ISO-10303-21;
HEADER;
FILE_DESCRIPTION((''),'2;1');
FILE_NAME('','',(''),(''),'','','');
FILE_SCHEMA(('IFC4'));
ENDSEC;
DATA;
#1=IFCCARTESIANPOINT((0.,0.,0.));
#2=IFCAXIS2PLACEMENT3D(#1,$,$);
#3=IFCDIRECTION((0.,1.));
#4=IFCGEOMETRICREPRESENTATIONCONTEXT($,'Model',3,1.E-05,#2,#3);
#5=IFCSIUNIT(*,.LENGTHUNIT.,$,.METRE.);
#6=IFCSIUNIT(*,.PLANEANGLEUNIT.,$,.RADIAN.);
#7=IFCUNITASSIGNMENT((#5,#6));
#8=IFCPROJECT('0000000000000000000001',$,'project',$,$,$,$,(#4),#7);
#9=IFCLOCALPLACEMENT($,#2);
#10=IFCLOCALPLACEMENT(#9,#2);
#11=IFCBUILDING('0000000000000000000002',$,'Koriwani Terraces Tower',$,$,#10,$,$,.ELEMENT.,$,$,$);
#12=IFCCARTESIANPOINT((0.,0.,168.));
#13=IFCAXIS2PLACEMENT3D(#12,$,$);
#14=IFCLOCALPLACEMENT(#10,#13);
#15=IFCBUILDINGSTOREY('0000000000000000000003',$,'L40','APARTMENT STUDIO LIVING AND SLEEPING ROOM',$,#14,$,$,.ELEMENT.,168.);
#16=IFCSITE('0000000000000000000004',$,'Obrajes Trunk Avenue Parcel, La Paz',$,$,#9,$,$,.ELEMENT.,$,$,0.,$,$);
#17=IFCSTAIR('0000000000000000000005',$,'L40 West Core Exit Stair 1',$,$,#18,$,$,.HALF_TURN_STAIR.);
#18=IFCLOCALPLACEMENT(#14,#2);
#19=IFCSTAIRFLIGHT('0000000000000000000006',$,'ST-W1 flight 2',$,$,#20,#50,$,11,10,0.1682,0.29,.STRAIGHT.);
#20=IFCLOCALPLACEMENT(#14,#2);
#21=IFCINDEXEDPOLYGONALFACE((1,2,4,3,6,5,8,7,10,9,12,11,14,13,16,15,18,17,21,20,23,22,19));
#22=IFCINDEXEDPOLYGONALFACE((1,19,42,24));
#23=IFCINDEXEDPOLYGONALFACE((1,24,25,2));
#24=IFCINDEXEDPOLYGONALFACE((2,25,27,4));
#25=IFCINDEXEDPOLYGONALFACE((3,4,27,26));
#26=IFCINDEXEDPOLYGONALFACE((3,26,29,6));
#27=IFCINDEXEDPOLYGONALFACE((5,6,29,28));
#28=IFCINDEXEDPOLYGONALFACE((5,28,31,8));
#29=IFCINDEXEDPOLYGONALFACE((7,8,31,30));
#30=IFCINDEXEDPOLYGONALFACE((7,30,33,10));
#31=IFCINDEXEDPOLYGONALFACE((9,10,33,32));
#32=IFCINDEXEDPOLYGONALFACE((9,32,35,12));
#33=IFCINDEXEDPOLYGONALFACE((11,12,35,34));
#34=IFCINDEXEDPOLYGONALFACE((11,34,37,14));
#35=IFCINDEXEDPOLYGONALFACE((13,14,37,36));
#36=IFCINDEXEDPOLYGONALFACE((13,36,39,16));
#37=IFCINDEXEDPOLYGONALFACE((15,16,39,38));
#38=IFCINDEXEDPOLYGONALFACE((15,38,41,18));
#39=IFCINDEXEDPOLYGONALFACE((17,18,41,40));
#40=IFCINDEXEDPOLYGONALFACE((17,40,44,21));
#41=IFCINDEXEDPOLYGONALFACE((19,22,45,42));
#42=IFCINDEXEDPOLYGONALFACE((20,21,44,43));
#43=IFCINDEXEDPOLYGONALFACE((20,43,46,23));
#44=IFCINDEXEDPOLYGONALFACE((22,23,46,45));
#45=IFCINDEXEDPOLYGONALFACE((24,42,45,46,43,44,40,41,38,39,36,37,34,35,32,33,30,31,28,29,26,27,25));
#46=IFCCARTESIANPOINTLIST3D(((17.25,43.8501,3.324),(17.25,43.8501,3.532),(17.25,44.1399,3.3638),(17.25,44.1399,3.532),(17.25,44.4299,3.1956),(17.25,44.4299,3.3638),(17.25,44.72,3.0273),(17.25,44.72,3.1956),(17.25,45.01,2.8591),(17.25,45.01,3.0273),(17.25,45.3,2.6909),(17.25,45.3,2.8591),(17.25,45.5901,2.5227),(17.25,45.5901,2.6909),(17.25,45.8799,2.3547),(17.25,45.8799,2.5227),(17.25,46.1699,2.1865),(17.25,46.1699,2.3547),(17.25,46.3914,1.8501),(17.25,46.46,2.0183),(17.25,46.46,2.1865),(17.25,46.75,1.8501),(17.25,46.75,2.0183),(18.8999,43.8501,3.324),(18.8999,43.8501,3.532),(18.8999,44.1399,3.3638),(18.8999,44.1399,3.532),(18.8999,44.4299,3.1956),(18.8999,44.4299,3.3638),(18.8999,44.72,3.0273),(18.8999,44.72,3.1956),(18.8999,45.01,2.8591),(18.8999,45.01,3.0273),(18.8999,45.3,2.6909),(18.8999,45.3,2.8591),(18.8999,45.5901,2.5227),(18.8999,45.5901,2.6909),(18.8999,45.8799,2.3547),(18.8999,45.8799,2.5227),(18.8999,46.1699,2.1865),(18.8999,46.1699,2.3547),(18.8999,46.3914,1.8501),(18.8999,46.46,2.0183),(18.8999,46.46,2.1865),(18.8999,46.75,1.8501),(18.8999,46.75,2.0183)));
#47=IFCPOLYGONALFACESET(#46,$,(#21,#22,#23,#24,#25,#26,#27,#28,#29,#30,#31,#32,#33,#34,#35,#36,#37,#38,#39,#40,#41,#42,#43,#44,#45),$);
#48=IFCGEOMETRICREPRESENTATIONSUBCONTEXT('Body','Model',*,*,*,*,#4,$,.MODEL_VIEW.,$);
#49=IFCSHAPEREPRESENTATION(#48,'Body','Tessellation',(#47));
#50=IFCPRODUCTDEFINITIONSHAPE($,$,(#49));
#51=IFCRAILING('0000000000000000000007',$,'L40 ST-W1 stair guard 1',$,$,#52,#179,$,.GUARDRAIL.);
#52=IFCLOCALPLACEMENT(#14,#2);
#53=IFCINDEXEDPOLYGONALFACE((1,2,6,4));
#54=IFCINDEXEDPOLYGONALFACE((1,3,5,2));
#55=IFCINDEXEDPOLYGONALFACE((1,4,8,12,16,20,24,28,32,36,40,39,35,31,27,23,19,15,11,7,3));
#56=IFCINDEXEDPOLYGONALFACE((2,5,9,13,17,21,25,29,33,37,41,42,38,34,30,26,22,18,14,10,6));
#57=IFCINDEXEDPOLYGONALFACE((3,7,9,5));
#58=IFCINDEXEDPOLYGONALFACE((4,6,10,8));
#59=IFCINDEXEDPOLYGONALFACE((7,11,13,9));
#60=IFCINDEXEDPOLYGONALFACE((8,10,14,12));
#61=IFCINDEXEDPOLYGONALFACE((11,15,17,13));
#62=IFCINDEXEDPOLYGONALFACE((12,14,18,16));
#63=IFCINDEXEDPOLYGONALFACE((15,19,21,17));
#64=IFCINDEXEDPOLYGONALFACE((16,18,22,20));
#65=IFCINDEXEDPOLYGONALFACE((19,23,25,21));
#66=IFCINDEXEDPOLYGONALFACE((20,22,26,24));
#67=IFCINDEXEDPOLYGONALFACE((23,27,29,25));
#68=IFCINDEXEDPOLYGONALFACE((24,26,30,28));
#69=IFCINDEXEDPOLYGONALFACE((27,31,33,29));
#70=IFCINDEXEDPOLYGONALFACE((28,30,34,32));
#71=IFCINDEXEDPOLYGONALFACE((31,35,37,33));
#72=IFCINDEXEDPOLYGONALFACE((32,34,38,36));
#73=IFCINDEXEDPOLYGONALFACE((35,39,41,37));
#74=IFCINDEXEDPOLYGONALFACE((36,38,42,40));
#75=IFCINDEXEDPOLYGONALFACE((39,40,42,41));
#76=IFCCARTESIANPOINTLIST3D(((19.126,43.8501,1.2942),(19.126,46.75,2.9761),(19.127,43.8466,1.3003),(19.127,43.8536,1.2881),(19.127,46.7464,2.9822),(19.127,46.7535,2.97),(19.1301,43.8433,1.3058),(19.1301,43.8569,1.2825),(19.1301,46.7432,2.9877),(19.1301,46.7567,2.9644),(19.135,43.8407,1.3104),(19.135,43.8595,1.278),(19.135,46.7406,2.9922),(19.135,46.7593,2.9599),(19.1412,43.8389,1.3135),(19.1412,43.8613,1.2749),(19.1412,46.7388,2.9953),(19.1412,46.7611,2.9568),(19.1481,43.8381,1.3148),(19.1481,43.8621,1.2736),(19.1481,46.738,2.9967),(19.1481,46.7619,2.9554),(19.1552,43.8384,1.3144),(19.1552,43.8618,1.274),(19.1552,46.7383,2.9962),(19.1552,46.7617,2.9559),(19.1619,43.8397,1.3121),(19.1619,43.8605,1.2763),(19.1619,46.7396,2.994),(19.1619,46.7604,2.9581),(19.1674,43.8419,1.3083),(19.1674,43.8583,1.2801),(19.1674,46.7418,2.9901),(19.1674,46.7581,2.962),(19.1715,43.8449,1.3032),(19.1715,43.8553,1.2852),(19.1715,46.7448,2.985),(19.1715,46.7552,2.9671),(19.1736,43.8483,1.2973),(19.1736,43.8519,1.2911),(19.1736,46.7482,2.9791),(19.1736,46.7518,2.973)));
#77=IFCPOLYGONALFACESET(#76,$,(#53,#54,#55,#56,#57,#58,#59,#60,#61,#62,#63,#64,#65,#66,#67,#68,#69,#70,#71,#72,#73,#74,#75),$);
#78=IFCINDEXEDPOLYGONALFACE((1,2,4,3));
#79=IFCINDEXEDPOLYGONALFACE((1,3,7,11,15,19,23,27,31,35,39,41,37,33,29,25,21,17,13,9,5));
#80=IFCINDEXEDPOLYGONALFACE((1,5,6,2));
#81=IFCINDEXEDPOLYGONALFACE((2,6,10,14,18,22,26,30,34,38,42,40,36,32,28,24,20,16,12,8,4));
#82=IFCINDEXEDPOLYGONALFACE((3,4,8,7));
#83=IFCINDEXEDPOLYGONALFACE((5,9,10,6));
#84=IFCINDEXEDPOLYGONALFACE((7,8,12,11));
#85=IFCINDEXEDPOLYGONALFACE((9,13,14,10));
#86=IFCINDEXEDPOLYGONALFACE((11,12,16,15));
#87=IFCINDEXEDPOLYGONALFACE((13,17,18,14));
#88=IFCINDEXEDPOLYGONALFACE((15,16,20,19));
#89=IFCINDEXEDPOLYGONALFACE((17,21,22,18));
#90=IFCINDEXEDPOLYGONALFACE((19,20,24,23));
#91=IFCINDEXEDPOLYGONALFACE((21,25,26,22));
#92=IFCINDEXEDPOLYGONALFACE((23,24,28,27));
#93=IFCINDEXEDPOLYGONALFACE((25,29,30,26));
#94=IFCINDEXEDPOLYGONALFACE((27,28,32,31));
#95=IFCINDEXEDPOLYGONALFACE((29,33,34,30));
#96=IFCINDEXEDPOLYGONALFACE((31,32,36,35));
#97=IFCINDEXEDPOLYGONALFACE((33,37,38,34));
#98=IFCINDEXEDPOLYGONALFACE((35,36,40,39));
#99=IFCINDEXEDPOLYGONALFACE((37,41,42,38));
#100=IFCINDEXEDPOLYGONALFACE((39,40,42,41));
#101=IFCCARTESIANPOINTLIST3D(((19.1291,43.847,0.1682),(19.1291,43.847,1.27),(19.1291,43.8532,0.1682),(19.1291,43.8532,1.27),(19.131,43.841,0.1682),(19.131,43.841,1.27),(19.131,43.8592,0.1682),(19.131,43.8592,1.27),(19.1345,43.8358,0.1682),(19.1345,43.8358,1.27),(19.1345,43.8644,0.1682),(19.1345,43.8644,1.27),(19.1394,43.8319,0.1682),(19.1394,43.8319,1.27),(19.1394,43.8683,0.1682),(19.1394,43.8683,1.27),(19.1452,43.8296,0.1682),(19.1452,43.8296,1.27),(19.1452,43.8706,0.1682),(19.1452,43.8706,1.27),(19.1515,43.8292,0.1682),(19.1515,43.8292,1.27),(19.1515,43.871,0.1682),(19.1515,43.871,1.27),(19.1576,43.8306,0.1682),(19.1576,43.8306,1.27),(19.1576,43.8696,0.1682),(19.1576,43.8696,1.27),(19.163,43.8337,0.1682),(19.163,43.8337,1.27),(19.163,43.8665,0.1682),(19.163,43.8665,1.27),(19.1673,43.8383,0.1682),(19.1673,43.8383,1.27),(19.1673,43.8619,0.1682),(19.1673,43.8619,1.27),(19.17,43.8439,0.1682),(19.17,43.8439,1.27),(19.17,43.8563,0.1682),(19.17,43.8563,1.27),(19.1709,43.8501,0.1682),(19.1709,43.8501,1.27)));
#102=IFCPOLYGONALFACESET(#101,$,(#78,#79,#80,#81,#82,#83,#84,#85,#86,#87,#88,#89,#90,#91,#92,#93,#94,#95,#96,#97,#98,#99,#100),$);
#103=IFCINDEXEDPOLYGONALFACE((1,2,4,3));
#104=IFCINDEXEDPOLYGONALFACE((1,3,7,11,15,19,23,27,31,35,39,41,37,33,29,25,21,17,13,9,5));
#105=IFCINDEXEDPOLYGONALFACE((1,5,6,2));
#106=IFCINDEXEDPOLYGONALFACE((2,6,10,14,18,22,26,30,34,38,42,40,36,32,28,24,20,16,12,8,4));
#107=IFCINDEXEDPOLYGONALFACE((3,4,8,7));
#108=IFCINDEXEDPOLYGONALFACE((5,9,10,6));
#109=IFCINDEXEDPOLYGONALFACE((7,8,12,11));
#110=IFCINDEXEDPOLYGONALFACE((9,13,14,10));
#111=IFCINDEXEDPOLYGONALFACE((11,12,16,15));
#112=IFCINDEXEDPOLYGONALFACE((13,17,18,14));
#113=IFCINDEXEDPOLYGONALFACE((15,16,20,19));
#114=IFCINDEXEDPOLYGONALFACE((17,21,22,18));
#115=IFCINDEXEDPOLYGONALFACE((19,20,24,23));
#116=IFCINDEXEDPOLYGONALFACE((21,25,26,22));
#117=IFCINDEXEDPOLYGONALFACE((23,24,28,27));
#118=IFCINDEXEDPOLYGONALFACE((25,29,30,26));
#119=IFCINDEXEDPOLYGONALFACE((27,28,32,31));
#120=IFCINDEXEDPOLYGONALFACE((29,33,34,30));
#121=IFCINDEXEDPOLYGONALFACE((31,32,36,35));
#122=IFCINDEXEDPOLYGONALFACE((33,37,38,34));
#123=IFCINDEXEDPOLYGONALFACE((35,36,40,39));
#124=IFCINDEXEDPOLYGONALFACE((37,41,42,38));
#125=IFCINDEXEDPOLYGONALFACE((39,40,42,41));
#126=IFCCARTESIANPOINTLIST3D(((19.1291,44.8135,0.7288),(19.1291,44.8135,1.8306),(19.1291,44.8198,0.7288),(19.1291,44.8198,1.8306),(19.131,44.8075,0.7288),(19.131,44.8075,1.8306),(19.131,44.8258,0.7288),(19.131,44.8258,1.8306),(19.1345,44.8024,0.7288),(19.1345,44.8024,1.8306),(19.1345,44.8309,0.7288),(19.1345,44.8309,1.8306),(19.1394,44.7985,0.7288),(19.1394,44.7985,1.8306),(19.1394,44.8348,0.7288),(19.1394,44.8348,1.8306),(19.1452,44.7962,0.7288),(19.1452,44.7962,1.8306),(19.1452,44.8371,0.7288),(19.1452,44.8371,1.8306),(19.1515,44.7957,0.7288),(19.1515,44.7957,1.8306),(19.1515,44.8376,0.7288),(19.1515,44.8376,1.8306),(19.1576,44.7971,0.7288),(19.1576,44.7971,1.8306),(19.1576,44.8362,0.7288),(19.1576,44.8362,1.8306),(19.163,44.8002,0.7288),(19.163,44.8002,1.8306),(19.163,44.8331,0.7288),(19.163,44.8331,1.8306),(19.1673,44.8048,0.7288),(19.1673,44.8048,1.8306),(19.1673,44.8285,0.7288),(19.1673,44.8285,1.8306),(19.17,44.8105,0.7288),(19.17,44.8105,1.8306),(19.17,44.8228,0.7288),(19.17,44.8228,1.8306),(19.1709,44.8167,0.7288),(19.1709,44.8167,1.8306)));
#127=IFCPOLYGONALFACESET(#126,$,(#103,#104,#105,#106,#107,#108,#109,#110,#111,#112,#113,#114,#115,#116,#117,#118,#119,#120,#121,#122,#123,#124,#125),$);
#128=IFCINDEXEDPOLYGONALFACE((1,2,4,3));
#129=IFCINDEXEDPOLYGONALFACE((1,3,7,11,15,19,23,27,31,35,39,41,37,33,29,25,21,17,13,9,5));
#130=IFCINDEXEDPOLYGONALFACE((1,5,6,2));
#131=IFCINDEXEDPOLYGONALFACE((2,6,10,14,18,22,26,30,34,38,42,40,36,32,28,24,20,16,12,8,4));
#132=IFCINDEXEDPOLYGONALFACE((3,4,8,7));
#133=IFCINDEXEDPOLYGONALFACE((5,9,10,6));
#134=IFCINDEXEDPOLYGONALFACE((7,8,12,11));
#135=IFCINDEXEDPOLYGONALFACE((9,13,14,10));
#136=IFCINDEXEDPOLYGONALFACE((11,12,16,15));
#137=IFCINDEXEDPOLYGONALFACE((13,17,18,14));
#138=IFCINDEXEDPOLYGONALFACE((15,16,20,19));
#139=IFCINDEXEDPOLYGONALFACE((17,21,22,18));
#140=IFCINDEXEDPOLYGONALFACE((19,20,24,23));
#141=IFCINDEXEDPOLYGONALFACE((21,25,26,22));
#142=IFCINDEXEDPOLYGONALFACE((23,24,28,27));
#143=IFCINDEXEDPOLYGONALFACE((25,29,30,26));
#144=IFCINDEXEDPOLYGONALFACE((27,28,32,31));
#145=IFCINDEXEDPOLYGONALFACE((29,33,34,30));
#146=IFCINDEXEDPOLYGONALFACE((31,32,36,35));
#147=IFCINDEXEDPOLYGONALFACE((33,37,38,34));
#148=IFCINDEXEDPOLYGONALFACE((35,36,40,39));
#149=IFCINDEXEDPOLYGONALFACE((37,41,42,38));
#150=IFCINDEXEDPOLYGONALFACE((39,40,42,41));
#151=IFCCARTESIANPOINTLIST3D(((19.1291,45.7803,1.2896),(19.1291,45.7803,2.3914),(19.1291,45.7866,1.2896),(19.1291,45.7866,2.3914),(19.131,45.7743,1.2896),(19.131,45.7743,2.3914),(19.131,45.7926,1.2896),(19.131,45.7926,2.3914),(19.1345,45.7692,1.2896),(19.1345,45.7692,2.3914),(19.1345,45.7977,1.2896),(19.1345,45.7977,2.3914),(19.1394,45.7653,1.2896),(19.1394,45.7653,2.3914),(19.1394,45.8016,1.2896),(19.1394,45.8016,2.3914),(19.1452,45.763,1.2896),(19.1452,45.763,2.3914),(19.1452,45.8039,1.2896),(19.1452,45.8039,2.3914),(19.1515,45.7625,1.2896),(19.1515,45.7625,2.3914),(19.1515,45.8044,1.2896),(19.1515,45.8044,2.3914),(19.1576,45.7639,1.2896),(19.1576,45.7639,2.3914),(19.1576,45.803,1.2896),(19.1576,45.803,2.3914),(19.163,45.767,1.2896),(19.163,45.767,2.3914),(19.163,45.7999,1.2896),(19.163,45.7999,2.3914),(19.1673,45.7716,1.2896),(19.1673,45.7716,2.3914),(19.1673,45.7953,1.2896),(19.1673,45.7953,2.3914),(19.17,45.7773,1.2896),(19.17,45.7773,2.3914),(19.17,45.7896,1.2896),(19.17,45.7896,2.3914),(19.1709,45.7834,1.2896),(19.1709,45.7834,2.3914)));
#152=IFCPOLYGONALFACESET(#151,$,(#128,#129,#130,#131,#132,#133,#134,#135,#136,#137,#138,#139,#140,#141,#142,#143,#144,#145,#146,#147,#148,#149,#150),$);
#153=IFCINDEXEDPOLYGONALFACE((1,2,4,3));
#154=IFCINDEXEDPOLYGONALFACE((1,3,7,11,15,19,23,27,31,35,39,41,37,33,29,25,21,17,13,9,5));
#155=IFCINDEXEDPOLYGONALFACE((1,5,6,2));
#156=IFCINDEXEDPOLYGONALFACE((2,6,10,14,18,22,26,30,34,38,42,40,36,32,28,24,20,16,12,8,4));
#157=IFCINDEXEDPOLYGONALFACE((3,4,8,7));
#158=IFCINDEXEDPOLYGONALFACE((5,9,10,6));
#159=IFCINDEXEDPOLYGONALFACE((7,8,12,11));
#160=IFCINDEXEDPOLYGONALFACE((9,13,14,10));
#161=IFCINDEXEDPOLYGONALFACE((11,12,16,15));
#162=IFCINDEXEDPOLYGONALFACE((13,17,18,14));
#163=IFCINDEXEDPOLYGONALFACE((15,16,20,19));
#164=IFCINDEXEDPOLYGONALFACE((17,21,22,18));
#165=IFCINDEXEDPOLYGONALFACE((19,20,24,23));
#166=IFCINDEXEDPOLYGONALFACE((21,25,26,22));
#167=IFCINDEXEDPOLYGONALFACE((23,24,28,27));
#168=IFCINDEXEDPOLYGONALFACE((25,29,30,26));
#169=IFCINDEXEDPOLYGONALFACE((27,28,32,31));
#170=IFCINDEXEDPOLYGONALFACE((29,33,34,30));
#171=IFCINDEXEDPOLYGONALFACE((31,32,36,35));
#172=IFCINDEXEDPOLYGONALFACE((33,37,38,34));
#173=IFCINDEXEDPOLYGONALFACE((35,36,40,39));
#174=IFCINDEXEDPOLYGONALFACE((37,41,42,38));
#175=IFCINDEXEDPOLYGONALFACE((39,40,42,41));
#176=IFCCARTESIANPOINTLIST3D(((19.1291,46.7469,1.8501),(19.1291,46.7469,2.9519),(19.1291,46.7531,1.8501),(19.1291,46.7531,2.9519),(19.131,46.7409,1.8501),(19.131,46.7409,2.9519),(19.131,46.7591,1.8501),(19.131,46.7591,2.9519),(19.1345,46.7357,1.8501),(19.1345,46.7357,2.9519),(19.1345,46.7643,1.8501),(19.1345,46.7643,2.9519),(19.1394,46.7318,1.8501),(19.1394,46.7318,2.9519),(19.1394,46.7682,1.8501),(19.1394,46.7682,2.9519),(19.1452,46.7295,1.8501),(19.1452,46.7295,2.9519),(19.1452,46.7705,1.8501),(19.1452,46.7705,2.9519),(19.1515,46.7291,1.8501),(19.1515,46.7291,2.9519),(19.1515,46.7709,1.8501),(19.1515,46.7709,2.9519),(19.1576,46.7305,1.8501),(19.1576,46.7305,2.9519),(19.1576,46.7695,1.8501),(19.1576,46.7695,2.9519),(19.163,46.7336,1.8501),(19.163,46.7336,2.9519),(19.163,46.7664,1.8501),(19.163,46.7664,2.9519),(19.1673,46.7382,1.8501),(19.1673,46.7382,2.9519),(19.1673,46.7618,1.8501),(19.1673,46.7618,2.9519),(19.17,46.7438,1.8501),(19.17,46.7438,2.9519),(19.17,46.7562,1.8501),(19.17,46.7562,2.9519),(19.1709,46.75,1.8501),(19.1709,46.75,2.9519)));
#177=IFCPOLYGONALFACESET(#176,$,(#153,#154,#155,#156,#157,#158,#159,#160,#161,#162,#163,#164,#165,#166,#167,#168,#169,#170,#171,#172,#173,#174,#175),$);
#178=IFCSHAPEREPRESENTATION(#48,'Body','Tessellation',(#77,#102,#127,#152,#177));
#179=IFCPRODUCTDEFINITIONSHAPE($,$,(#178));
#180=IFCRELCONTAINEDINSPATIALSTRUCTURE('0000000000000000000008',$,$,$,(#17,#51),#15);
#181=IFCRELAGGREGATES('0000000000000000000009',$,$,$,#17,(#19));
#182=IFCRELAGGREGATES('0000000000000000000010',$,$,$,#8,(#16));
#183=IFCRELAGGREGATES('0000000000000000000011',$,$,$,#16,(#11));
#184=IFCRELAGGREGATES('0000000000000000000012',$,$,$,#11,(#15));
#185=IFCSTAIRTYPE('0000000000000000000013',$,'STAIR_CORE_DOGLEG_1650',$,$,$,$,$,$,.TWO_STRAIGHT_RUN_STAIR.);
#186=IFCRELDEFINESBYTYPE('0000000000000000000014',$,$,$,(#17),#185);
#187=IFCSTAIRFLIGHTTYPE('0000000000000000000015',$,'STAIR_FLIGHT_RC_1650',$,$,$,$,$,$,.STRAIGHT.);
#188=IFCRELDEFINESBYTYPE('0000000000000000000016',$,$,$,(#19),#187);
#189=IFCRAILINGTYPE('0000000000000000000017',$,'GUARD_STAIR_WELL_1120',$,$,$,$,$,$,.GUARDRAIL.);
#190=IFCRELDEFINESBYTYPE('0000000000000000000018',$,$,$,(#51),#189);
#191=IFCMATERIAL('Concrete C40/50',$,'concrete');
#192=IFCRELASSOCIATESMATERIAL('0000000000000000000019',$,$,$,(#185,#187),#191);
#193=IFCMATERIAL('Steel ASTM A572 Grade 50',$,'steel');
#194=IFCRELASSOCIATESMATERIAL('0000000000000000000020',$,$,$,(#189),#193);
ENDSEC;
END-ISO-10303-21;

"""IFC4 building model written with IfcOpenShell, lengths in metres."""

from ifc_helpers import new_model, si_unit, direction, frame, origin, origin_2d, place, context, subcontext, project, spatial, polyline, circle, outline, extrude, material, type_object, element, aggregate, save


model = new_model("IFC4")

# Units and contexts
model_context = context("Model", 3, precision=1e-05, world=origin(), true_north=direction((0.0, 1.0)))
body_context = subcontext(model_context, "Body", "Model", "MODEL_VIEW")
ifc_project = project(units=[si_unit("LENGTHUNIT", "METRE"), si_unit("PLANEANGLEUNIT", "RADIAN")], contexts=[model_context])

# Site, building, storey
site_placement = place(None, origin())
site = spatial("IfcSite", under=ifc_project, at=site_placement, Name="Obrajes Trunk Avenue Parcel, La Paz", CompositionType="ELEMENT", RefElevation=0.0)
building_placement = place(site_placement, origin())
building = spatial("IfcBuilding", under=site, at=building_placement, Name="Koriwani Terraces Tower", CompositionType="ELEMENT")
storey_placement = place(building_placement, frame((0.0, 0.0, 168.0)))
storey = spatial("IfcBuildingStorey", under=building, at=storey_placement, Name="L40", Description="APARTMENT STUDIO LIVING AND SLEEPING ROOM", CompositionType="ELEMENT", Elevation=168.0)

# Shared definitions
ifc_material_1 = material(Name="Concrete C40/50", Category="concrete")
ifc_material_2 = material(Name="Steel ASTM A572 Grade 50", Category="steel")

# Stair, stair flight
stair_type = type_object("IfcStairType", Name="STAIR_CORE_DOGLEG_1650", PredefinedType="TWO_STRAIGHT_RUN_STAIR", material=ifc_material_1)
stair_placement = place(storey_placement, origin())
stair = element("IfcStair", 1, at=stair_placement, inside=storey, type_object=stair_type, Name="L40 West Core Exit Stair 1", PredefinedType="HALF_TURN_STAIR")
stair_flight_type = type_object("IfcStairFlightType", Name="STAIR_FLIGHT_RC_1650", PredefinedType="STRAIGHT", material=ifc_material_1)
stair_flight_placement = place(storey_placement, frame((18.075, 46.75, 1.8501), z_axis=(0.0, 0.0, 1.0), x_axis=(0.0, -1.0, 0.0)))
stair_flight = element("IfcStairFlight", 2, at=stair_flight_placement, type_object=stair_flight_type, Name="ST-W1 flight 2", NumberOfRisers=11, NumberOfTreads=10, PredefinedType="STRAIGHT", RiserHeight=0.1682, TreadLength=0.29, context=body_context, shape_type="SweptSolid", body=[
    extrude(outline(polyline([(0.0, 0.0), (0.0, 0.1682), (0.29, 0.1682), (0.29, 0.3364), (0.5801, 0.3364), (0.5801, 0.5046), (0.8701, 0.5046), (0.8701, 0.6726), (1.1599, 0.6726), (1.1599, 0.8408), (1.45, 0.8408), (1.45, 1.009), (1.74, 1.009), (1.74, 1.1772), (2.03, 1.1772), (2.03, 1.3455), (2.3201, 1.3455), (2.3201, 1.5137), (2.6101, 1.5137), (2.6101, 1.6819), (2.8999, 1.6819), (2.8999, 1.8501), (2.8999, 1.4739), (0.3586, 0.0), (0.0, 0.0)])), frame((0.0, 0.825, 0.0), z_axis=(0.0, -1.0, 0.0), x_axis=(1.0, 0.0, 0.0)), (0.0, 0.0, 1.0), 1.6499),
])
aggregate(stair, [stair_flight])

# Railing
railing_type_1 = type_object("IfcRailingType", Name="GUARD_STAIR_WELL_1120", PredefinedType="GUARDRAIL", material=ifc_material_2)
railing_1_placement = place(storey_placement, frame((19.1499, 43.8501, 0.1682)))
element("IfcRailing", 3, at=railing_1_placement, inside=storey, type_object=railing_type_1, Name="L40 ST-W1 stair guard 1", PredefinedType="GUARDRAIL", context=body_context, shape_type="SweptSolid", body=[
    extrude(circle(Radius=0.0239, at=origin_2d()), frame((0.0, 0.0, 1.126), z_axis=(0.0, 0.865039, 0.501705), x_axis=(-1.0, 0.0, 0.0)), (0.0, 0.0, 1.0), 3.3523),
    extrude(circle(Radius=0.021, at=origin_2d()), origin(), (0.0, 0.0, 1.0), 1.1018),
    extrude(circle(Radius=0.021, at=origin_2d()), frame((0.0, 0.9666, 0.5605)), (0.0, 0.0, 1.0), 1.1018),
    extrude(circle(Radius=0.021, at=origin_2d()), frame((0.0, 1.9333, 1.1213)), (0.0, 0.0, 1.0), 1.1018),
    extrude(circle(Radius=0.021, at=origin_2d()), frame((0.0, 2.8999, 1.6819)), (0.0, 0.0, 1.0), 1.1018),
])

save(model, "model.ifc")
